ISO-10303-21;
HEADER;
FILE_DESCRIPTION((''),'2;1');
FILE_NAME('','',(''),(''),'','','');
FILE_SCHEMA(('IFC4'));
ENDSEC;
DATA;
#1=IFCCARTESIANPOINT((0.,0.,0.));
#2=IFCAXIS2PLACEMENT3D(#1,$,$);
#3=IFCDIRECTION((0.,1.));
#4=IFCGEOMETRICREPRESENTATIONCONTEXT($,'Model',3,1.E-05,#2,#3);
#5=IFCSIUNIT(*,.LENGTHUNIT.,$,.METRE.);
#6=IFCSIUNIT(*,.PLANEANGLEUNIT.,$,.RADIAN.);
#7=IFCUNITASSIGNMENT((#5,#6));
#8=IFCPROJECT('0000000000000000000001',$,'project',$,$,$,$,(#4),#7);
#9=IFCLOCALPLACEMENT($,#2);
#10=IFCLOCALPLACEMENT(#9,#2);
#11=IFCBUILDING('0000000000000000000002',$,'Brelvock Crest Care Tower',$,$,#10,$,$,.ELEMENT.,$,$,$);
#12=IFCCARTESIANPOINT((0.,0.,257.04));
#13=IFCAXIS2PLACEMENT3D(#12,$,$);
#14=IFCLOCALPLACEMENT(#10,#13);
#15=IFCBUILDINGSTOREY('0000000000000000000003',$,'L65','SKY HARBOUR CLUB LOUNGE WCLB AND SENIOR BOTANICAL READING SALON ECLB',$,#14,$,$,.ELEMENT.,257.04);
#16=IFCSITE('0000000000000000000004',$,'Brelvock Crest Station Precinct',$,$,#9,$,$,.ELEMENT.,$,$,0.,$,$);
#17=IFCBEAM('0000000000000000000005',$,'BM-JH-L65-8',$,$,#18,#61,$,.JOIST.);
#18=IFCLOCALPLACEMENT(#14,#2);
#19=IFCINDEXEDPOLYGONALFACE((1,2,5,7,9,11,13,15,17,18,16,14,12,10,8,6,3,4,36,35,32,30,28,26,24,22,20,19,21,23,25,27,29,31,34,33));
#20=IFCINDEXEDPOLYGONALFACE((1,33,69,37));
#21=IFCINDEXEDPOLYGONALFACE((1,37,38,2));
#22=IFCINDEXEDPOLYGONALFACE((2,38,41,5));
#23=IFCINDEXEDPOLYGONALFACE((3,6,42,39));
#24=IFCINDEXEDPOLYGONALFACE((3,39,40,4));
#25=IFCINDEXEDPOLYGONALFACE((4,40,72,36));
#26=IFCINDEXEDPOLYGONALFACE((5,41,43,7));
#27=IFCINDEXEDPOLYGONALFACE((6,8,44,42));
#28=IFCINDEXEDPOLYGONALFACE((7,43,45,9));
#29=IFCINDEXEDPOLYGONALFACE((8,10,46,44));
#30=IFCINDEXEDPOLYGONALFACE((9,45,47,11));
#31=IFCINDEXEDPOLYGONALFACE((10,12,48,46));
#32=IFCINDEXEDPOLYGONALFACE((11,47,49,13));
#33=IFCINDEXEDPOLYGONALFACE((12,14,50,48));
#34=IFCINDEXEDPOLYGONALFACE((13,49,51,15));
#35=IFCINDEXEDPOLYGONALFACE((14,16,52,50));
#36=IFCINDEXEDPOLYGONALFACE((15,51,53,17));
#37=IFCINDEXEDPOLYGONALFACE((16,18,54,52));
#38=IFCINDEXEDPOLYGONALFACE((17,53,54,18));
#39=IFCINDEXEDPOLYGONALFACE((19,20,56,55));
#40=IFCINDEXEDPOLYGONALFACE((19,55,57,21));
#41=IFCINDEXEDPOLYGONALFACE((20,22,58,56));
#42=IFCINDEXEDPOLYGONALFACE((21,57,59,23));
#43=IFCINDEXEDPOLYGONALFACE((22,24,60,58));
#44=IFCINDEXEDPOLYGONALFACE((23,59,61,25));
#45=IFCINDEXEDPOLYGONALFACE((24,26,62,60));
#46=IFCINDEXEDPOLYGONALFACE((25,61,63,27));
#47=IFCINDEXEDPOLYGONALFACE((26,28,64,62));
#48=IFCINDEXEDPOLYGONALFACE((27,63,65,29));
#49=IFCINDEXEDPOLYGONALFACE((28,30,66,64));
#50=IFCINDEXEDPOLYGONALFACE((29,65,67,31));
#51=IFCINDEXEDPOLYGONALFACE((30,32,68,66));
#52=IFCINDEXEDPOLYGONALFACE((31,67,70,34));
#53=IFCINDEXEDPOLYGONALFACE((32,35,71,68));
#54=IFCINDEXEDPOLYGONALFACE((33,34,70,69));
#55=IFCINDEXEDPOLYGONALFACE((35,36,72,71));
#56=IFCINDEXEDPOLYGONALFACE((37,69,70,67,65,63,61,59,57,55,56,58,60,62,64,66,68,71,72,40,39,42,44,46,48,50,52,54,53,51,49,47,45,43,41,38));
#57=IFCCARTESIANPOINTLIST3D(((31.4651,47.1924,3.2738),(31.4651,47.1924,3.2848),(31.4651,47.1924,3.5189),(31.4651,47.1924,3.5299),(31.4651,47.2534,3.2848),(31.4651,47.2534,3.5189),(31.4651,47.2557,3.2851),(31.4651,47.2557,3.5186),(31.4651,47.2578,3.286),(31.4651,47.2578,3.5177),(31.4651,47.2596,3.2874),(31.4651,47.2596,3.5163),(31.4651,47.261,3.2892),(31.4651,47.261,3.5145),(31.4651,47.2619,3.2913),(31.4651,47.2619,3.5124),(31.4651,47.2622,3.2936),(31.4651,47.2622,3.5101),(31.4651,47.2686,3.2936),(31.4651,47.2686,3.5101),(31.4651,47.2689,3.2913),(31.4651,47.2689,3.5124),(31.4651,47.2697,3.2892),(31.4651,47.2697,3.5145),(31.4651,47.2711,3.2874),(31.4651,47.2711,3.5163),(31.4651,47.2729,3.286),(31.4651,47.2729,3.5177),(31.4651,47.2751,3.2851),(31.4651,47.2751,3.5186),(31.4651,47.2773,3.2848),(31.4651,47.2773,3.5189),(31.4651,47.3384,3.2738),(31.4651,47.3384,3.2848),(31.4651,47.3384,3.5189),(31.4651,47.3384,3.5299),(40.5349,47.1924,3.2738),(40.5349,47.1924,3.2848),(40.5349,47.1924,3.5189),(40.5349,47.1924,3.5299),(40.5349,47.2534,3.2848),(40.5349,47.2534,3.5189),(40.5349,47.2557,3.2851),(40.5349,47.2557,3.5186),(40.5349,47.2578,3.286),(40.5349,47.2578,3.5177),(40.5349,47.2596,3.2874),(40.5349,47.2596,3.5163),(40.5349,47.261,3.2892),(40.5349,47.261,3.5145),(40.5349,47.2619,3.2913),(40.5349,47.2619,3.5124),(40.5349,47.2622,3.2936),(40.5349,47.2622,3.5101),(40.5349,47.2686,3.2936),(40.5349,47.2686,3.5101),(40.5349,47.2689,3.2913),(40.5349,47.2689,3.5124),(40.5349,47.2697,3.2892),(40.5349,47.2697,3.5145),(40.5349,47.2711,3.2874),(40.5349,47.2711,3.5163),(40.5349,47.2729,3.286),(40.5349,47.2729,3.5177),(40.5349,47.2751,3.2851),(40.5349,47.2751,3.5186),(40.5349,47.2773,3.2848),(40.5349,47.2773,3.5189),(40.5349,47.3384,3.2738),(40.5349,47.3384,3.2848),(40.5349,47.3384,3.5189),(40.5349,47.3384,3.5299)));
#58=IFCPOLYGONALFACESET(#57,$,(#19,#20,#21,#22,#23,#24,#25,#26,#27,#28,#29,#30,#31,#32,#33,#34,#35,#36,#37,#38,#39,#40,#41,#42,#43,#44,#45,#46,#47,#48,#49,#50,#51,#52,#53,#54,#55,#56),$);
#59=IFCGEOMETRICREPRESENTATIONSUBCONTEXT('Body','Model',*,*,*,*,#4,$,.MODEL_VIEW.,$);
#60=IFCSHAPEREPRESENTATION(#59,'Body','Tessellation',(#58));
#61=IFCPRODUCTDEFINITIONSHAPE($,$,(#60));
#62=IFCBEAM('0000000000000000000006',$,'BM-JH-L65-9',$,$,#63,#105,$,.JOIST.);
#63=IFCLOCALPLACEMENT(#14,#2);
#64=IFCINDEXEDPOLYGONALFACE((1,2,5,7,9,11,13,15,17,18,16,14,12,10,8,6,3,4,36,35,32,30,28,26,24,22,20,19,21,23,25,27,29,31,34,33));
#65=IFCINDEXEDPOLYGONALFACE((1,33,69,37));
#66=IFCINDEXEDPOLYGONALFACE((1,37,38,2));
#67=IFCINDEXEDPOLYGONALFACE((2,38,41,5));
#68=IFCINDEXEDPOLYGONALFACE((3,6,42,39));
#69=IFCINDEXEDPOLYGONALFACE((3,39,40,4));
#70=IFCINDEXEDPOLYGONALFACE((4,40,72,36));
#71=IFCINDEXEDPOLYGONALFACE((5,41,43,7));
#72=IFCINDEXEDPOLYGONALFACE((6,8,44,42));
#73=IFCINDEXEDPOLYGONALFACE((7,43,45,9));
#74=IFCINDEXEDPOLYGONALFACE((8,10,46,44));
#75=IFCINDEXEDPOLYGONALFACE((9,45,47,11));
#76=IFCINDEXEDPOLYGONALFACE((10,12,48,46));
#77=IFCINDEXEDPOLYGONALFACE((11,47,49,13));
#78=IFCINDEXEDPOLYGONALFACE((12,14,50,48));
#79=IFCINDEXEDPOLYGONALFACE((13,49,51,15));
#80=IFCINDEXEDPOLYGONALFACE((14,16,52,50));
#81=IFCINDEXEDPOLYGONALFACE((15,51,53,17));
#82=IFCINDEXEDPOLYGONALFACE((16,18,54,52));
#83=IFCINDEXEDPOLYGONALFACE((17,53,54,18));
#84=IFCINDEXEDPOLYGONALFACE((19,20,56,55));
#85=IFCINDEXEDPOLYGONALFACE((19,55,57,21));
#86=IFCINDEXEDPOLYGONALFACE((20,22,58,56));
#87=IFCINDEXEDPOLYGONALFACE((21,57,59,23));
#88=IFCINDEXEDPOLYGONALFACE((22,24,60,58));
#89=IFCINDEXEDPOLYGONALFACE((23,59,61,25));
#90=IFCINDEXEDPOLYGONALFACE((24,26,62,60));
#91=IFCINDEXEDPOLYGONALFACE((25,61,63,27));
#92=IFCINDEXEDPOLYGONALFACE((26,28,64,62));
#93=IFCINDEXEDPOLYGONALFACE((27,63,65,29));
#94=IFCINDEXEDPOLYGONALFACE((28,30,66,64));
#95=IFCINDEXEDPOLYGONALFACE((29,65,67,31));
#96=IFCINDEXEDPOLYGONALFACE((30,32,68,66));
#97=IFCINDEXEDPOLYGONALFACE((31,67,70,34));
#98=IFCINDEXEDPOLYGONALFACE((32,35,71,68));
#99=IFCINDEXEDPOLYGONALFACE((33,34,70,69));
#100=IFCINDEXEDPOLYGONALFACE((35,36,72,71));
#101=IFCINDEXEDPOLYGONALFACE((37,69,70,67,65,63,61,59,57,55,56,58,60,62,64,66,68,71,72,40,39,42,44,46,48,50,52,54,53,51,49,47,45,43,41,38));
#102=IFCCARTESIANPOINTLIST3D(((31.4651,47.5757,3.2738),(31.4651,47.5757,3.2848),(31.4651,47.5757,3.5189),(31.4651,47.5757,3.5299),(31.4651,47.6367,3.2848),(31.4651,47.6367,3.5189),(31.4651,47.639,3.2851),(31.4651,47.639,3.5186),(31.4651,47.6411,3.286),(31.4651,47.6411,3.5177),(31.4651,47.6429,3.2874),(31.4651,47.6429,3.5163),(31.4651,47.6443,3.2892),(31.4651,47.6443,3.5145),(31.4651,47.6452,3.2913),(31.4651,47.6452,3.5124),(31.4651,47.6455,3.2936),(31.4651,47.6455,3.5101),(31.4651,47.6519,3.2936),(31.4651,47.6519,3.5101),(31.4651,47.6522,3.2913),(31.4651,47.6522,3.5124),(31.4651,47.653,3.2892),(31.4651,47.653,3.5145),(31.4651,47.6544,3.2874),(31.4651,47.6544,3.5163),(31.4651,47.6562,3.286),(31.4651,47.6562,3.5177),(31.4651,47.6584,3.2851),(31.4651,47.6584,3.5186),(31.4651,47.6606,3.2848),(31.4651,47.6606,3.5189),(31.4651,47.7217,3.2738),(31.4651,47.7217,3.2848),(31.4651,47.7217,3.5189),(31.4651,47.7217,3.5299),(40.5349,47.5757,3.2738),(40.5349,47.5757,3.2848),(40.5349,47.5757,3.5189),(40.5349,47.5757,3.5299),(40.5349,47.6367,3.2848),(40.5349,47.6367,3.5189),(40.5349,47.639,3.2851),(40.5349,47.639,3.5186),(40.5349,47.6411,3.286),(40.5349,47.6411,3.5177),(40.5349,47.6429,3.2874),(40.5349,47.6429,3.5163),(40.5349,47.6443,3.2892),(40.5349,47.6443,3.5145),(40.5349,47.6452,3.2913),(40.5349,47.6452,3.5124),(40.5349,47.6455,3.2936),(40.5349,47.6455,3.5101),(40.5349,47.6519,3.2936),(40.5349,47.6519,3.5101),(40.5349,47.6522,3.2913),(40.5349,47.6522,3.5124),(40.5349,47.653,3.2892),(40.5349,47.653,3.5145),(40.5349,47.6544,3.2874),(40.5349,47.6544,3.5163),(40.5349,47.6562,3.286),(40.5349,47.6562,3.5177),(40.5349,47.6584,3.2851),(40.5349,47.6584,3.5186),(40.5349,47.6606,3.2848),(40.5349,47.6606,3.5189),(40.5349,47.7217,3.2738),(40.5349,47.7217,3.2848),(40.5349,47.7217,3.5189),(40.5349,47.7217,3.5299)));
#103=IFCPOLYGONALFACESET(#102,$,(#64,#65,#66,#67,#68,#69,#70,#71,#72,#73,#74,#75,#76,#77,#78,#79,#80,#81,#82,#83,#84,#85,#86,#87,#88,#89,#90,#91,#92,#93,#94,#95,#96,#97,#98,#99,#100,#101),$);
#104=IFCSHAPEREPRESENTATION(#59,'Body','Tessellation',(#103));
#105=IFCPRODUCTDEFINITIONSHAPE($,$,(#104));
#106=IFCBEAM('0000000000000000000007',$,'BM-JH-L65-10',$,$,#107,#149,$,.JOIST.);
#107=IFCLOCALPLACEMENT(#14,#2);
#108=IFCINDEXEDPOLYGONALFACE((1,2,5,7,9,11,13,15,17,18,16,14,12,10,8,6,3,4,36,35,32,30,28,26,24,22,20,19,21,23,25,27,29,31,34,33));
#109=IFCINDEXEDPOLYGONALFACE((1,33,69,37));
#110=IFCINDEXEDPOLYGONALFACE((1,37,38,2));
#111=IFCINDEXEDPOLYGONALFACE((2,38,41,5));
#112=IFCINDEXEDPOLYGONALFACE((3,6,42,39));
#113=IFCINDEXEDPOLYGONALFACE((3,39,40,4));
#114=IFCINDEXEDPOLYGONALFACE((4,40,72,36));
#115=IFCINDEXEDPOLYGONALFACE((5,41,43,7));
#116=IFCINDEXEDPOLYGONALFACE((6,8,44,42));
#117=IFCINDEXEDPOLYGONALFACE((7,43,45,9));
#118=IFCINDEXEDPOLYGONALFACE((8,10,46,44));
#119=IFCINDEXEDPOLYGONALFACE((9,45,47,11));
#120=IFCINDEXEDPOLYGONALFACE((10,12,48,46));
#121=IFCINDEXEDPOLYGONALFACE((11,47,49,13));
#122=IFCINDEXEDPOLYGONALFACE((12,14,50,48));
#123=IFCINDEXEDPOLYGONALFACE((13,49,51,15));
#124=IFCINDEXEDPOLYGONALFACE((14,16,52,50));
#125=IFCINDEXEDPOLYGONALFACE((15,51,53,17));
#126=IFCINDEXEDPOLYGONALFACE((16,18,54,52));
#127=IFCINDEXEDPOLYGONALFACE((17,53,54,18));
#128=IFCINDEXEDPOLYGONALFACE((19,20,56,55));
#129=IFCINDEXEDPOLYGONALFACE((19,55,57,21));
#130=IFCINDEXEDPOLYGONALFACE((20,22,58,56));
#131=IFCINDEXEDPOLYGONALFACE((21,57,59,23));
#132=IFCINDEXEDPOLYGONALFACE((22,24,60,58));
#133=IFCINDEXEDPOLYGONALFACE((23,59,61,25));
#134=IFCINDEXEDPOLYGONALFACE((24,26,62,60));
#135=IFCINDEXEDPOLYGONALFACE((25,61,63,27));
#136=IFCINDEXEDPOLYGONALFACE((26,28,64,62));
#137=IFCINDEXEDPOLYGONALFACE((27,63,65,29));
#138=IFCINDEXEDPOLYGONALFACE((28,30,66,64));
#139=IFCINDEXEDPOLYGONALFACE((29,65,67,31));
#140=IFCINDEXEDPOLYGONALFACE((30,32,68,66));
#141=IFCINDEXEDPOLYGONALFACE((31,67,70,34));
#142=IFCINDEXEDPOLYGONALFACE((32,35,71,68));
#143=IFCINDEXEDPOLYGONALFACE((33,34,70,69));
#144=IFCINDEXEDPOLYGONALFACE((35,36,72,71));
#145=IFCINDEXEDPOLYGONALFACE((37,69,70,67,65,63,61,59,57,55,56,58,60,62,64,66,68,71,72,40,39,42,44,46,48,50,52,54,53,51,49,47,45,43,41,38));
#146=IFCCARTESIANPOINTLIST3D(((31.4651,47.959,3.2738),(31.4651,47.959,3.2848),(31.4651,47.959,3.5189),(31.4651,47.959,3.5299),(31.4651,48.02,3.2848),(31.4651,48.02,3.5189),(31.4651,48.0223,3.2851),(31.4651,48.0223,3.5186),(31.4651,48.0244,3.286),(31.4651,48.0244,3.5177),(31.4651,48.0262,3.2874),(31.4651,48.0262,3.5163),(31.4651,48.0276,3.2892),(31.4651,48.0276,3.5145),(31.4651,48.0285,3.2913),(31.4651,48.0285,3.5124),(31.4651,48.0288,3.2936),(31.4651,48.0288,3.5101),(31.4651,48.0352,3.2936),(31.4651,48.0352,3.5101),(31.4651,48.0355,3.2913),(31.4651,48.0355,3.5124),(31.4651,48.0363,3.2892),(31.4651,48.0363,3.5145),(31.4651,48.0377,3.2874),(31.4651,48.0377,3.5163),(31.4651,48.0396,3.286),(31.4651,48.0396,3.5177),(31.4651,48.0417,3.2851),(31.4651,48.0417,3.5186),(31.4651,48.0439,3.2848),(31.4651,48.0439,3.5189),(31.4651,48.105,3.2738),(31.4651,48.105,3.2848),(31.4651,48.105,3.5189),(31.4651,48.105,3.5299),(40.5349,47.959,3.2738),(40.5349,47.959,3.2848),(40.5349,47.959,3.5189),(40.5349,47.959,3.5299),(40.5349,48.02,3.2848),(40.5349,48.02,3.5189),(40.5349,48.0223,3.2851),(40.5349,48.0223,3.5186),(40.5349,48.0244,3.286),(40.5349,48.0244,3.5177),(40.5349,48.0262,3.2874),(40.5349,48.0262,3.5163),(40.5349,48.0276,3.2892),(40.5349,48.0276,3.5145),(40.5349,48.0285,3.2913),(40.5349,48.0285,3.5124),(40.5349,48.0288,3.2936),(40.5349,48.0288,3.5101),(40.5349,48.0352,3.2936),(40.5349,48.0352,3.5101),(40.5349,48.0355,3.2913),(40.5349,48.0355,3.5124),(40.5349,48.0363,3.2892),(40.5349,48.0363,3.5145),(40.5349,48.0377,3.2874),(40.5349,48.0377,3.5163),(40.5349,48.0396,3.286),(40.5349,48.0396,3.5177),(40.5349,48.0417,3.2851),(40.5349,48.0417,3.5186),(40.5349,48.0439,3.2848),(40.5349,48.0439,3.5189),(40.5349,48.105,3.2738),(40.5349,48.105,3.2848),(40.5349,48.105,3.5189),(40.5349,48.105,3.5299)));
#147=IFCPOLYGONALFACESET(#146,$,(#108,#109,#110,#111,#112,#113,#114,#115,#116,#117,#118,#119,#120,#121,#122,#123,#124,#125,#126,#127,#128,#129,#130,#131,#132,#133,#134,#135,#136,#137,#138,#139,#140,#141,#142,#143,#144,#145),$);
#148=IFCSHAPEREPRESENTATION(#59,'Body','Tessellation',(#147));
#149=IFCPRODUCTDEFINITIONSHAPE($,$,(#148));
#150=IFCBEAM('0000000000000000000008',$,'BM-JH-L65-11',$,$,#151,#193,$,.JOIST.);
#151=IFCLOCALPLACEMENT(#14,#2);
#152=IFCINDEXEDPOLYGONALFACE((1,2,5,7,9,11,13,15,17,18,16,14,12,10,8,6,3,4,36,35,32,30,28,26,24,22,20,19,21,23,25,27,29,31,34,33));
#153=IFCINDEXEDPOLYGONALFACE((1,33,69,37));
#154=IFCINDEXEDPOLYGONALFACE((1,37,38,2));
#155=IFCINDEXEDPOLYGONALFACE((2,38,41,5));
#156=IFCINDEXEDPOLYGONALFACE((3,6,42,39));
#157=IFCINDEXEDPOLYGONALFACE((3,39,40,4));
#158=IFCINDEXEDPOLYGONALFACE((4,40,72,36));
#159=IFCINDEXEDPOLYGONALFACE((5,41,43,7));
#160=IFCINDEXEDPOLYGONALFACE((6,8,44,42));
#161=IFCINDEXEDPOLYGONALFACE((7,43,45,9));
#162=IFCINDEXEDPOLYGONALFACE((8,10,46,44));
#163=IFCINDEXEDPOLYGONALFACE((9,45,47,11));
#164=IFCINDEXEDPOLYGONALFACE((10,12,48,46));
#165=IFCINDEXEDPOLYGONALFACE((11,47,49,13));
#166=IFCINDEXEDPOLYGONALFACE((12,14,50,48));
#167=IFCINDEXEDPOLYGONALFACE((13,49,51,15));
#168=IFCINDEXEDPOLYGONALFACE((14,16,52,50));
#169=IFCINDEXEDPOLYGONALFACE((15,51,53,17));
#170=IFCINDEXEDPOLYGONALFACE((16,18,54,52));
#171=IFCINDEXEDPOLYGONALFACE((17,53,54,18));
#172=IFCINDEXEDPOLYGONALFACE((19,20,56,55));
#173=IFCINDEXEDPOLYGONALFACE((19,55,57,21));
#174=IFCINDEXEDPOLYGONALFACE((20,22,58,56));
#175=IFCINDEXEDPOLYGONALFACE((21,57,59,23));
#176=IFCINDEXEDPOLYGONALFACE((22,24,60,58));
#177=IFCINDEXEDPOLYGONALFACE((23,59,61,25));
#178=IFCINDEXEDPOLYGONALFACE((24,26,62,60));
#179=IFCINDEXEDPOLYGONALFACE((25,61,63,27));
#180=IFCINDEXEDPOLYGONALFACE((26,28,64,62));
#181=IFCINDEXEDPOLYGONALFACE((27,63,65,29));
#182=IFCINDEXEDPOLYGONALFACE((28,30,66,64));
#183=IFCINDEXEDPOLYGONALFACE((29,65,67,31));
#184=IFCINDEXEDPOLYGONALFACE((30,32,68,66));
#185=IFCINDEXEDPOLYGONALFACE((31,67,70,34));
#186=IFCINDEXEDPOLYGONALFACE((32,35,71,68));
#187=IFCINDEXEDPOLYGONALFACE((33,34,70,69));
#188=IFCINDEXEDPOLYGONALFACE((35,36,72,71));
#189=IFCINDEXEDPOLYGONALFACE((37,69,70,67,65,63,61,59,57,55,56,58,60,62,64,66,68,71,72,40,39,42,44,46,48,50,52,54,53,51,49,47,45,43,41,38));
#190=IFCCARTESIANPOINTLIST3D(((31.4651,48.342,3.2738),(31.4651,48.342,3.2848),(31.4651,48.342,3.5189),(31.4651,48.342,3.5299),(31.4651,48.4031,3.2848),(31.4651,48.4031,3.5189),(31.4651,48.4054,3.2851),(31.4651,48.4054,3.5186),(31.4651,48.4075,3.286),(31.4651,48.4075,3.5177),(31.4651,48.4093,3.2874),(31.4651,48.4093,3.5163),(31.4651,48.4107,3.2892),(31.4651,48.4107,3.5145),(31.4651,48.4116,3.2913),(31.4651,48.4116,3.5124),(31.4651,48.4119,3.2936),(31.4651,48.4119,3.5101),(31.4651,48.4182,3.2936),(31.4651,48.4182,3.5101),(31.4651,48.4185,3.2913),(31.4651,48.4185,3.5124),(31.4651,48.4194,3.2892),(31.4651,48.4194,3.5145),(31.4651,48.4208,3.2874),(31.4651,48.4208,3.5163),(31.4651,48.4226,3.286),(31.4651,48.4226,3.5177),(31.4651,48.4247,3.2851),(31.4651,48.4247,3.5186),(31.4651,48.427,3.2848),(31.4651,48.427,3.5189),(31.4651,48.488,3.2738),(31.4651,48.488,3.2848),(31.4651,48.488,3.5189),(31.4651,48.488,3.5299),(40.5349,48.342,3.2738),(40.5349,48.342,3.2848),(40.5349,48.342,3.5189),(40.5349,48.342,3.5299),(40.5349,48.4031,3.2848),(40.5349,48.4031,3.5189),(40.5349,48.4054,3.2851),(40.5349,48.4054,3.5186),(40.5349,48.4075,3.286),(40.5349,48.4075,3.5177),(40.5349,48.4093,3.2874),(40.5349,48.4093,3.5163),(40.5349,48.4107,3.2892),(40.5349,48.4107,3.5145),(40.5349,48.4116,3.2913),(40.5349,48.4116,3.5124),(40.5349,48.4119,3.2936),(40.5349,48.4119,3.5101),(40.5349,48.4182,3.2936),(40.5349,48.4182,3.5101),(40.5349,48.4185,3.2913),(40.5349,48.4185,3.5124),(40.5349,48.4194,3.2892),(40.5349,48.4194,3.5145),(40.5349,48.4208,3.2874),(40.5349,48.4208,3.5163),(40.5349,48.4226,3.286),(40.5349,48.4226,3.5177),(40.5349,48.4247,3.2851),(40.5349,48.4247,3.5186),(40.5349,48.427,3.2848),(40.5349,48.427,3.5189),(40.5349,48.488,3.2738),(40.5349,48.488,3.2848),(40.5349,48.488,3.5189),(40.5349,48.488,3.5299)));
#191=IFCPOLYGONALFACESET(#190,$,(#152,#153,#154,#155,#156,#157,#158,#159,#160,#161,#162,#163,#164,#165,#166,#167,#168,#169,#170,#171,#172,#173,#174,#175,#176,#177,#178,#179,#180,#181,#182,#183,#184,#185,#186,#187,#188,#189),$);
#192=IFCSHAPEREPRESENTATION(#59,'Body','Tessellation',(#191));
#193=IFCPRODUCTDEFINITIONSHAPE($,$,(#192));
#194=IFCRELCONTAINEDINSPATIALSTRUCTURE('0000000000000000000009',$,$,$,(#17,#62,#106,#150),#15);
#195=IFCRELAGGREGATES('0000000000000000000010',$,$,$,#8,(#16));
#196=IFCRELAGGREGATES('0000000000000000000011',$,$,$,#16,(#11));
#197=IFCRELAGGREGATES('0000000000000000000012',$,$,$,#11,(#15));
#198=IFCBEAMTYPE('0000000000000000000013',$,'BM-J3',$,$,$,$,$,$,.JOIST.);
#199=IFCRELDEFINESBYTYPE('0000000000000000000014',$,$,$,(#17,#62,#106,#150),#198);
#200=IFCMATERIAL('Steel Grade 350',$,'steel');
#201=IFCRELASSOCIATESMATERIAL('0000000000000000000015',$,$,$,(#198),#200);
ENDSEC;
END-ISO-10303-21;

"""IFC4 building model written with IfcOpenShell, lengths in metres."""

from ifc_helpers import new_model, si_unit, direction, frame, origin, origin_2d, place, context, subcontext, project, spatial, i_section, extrude, source, transform, mapped, material, material_profile, profile_set, type_object, element, save


model = new_model("IFC4")

# Units and contexts
model_context = context("Model", 3, precision=1e-05, world=origin(), true_north=direction((0.0, 1.0)))
body_context = subcontext(model_context, "Body", "Model", "MODEL_VIEW")
ifc_project = project(units=[si_unit("LENGTHUNIT", "METRE"), si_unit("PLANEANGLEUNIT", "RADIAN")], contexts=[model_context])

# Site, building, storey
site_placement = place(None, origin())
site = spatial("IfcSite", under=ifc_project, at=site_placement, Name="Brelvock Crest Station Precinct", CompositionType="ELEMENT", RefElevation=0.0)
building_placement = place(site_placement, origin())
building = spatial("IfcBuilding", under=site, at=building_placement, Name="Brelvock Crest Care Tower", CompositionType="ELEMENT")
storey_placement = place(building_placement, frame((0.0, 0.0, 257.04)))
storey = spatial("IfcBuildingStorey", under=building, at=storey_placement, Name="L65", Description="SKY HARBOUR CLUB LOUNGE WCLB AND SENIOR BOTANICAL READING SALON ECLB", CompositionType="ELEMENT", Elevation=257.04)

# Beams
ifc_material = material(Name="Steel Grade 350", Category="steel")
ifc_material_profile_1 = material_profile(ifc_material, i_section(OverallWidth=0.146, OverallDepth=0.2561, WebThickness=0.0063, FlangeThickness=0.011, FilletRadius=0.0088, at=origin_2d()), Name="250UB37.3")
ifc_profile_set_1 = profile_set([ifc_material_profile_1], Name="Steel Grade 350")
beam_type_1 = type_object("IfcBeamType", Name="BM-J3", PredefinedType="JOIST", material=ifc_profile_set_1)
shared_shape_1 = source(origin(), body_context, "Body", "SweptSolid", [
    extrude(i_section(OverallWidth=0.146, OverallDepth=0.2561, WebThickness=0.0063, FlangeThickness=0.011, FilletRadius=0.0088, at=origin_2d()), origin(), (0.0, 0.0, 1.0), 9.0698),
])
for number, where, z_axis, x_axis, name in (
    (1, (31.4651, 47.2654, 3.4019), (1.0, 0.0, 0.0), (0.0, 1.0, 0.0), "BM-JH-L65-8"),
    (2, (31.4651, 47.6487, 3.4019), (1.0, 0.0, 0.0), (0.0, 1.0, 0.0), "BM-JH-L65-9"),
    (3, (31.4651, 48.032, 3.4019), (1.0, 0.0, 0.0), (0.0, 1.0, 0.0), "BM-JH-L65-10"),
    (4, (31.4651, 48.415, 3.4019), (1.0, 0.0, 0.0), (0.0, 1.0, 0.0), "BM-JH-L65-11"),
):
    element("IfcBeam", number, at=place(storey_placement, frame(where, z_axis=z_axis, x_axis=x_axis)), inside=storey, type_object=beam_type_1, Name=name, PredefinedType="JOIST", context=body_context, shape_type="MappedRepresentation", body=[
        mapped(shared_shape_1, transform((0.0, 0.0, 0.0), x_axis=(1.0, 0.0, 0.0), y_axis=(0.0, 1.0, 0.0), z_axis=(0.0, 0.0, 1.0), scale=1.0)),
    ])

save(model, "model.ifc")
